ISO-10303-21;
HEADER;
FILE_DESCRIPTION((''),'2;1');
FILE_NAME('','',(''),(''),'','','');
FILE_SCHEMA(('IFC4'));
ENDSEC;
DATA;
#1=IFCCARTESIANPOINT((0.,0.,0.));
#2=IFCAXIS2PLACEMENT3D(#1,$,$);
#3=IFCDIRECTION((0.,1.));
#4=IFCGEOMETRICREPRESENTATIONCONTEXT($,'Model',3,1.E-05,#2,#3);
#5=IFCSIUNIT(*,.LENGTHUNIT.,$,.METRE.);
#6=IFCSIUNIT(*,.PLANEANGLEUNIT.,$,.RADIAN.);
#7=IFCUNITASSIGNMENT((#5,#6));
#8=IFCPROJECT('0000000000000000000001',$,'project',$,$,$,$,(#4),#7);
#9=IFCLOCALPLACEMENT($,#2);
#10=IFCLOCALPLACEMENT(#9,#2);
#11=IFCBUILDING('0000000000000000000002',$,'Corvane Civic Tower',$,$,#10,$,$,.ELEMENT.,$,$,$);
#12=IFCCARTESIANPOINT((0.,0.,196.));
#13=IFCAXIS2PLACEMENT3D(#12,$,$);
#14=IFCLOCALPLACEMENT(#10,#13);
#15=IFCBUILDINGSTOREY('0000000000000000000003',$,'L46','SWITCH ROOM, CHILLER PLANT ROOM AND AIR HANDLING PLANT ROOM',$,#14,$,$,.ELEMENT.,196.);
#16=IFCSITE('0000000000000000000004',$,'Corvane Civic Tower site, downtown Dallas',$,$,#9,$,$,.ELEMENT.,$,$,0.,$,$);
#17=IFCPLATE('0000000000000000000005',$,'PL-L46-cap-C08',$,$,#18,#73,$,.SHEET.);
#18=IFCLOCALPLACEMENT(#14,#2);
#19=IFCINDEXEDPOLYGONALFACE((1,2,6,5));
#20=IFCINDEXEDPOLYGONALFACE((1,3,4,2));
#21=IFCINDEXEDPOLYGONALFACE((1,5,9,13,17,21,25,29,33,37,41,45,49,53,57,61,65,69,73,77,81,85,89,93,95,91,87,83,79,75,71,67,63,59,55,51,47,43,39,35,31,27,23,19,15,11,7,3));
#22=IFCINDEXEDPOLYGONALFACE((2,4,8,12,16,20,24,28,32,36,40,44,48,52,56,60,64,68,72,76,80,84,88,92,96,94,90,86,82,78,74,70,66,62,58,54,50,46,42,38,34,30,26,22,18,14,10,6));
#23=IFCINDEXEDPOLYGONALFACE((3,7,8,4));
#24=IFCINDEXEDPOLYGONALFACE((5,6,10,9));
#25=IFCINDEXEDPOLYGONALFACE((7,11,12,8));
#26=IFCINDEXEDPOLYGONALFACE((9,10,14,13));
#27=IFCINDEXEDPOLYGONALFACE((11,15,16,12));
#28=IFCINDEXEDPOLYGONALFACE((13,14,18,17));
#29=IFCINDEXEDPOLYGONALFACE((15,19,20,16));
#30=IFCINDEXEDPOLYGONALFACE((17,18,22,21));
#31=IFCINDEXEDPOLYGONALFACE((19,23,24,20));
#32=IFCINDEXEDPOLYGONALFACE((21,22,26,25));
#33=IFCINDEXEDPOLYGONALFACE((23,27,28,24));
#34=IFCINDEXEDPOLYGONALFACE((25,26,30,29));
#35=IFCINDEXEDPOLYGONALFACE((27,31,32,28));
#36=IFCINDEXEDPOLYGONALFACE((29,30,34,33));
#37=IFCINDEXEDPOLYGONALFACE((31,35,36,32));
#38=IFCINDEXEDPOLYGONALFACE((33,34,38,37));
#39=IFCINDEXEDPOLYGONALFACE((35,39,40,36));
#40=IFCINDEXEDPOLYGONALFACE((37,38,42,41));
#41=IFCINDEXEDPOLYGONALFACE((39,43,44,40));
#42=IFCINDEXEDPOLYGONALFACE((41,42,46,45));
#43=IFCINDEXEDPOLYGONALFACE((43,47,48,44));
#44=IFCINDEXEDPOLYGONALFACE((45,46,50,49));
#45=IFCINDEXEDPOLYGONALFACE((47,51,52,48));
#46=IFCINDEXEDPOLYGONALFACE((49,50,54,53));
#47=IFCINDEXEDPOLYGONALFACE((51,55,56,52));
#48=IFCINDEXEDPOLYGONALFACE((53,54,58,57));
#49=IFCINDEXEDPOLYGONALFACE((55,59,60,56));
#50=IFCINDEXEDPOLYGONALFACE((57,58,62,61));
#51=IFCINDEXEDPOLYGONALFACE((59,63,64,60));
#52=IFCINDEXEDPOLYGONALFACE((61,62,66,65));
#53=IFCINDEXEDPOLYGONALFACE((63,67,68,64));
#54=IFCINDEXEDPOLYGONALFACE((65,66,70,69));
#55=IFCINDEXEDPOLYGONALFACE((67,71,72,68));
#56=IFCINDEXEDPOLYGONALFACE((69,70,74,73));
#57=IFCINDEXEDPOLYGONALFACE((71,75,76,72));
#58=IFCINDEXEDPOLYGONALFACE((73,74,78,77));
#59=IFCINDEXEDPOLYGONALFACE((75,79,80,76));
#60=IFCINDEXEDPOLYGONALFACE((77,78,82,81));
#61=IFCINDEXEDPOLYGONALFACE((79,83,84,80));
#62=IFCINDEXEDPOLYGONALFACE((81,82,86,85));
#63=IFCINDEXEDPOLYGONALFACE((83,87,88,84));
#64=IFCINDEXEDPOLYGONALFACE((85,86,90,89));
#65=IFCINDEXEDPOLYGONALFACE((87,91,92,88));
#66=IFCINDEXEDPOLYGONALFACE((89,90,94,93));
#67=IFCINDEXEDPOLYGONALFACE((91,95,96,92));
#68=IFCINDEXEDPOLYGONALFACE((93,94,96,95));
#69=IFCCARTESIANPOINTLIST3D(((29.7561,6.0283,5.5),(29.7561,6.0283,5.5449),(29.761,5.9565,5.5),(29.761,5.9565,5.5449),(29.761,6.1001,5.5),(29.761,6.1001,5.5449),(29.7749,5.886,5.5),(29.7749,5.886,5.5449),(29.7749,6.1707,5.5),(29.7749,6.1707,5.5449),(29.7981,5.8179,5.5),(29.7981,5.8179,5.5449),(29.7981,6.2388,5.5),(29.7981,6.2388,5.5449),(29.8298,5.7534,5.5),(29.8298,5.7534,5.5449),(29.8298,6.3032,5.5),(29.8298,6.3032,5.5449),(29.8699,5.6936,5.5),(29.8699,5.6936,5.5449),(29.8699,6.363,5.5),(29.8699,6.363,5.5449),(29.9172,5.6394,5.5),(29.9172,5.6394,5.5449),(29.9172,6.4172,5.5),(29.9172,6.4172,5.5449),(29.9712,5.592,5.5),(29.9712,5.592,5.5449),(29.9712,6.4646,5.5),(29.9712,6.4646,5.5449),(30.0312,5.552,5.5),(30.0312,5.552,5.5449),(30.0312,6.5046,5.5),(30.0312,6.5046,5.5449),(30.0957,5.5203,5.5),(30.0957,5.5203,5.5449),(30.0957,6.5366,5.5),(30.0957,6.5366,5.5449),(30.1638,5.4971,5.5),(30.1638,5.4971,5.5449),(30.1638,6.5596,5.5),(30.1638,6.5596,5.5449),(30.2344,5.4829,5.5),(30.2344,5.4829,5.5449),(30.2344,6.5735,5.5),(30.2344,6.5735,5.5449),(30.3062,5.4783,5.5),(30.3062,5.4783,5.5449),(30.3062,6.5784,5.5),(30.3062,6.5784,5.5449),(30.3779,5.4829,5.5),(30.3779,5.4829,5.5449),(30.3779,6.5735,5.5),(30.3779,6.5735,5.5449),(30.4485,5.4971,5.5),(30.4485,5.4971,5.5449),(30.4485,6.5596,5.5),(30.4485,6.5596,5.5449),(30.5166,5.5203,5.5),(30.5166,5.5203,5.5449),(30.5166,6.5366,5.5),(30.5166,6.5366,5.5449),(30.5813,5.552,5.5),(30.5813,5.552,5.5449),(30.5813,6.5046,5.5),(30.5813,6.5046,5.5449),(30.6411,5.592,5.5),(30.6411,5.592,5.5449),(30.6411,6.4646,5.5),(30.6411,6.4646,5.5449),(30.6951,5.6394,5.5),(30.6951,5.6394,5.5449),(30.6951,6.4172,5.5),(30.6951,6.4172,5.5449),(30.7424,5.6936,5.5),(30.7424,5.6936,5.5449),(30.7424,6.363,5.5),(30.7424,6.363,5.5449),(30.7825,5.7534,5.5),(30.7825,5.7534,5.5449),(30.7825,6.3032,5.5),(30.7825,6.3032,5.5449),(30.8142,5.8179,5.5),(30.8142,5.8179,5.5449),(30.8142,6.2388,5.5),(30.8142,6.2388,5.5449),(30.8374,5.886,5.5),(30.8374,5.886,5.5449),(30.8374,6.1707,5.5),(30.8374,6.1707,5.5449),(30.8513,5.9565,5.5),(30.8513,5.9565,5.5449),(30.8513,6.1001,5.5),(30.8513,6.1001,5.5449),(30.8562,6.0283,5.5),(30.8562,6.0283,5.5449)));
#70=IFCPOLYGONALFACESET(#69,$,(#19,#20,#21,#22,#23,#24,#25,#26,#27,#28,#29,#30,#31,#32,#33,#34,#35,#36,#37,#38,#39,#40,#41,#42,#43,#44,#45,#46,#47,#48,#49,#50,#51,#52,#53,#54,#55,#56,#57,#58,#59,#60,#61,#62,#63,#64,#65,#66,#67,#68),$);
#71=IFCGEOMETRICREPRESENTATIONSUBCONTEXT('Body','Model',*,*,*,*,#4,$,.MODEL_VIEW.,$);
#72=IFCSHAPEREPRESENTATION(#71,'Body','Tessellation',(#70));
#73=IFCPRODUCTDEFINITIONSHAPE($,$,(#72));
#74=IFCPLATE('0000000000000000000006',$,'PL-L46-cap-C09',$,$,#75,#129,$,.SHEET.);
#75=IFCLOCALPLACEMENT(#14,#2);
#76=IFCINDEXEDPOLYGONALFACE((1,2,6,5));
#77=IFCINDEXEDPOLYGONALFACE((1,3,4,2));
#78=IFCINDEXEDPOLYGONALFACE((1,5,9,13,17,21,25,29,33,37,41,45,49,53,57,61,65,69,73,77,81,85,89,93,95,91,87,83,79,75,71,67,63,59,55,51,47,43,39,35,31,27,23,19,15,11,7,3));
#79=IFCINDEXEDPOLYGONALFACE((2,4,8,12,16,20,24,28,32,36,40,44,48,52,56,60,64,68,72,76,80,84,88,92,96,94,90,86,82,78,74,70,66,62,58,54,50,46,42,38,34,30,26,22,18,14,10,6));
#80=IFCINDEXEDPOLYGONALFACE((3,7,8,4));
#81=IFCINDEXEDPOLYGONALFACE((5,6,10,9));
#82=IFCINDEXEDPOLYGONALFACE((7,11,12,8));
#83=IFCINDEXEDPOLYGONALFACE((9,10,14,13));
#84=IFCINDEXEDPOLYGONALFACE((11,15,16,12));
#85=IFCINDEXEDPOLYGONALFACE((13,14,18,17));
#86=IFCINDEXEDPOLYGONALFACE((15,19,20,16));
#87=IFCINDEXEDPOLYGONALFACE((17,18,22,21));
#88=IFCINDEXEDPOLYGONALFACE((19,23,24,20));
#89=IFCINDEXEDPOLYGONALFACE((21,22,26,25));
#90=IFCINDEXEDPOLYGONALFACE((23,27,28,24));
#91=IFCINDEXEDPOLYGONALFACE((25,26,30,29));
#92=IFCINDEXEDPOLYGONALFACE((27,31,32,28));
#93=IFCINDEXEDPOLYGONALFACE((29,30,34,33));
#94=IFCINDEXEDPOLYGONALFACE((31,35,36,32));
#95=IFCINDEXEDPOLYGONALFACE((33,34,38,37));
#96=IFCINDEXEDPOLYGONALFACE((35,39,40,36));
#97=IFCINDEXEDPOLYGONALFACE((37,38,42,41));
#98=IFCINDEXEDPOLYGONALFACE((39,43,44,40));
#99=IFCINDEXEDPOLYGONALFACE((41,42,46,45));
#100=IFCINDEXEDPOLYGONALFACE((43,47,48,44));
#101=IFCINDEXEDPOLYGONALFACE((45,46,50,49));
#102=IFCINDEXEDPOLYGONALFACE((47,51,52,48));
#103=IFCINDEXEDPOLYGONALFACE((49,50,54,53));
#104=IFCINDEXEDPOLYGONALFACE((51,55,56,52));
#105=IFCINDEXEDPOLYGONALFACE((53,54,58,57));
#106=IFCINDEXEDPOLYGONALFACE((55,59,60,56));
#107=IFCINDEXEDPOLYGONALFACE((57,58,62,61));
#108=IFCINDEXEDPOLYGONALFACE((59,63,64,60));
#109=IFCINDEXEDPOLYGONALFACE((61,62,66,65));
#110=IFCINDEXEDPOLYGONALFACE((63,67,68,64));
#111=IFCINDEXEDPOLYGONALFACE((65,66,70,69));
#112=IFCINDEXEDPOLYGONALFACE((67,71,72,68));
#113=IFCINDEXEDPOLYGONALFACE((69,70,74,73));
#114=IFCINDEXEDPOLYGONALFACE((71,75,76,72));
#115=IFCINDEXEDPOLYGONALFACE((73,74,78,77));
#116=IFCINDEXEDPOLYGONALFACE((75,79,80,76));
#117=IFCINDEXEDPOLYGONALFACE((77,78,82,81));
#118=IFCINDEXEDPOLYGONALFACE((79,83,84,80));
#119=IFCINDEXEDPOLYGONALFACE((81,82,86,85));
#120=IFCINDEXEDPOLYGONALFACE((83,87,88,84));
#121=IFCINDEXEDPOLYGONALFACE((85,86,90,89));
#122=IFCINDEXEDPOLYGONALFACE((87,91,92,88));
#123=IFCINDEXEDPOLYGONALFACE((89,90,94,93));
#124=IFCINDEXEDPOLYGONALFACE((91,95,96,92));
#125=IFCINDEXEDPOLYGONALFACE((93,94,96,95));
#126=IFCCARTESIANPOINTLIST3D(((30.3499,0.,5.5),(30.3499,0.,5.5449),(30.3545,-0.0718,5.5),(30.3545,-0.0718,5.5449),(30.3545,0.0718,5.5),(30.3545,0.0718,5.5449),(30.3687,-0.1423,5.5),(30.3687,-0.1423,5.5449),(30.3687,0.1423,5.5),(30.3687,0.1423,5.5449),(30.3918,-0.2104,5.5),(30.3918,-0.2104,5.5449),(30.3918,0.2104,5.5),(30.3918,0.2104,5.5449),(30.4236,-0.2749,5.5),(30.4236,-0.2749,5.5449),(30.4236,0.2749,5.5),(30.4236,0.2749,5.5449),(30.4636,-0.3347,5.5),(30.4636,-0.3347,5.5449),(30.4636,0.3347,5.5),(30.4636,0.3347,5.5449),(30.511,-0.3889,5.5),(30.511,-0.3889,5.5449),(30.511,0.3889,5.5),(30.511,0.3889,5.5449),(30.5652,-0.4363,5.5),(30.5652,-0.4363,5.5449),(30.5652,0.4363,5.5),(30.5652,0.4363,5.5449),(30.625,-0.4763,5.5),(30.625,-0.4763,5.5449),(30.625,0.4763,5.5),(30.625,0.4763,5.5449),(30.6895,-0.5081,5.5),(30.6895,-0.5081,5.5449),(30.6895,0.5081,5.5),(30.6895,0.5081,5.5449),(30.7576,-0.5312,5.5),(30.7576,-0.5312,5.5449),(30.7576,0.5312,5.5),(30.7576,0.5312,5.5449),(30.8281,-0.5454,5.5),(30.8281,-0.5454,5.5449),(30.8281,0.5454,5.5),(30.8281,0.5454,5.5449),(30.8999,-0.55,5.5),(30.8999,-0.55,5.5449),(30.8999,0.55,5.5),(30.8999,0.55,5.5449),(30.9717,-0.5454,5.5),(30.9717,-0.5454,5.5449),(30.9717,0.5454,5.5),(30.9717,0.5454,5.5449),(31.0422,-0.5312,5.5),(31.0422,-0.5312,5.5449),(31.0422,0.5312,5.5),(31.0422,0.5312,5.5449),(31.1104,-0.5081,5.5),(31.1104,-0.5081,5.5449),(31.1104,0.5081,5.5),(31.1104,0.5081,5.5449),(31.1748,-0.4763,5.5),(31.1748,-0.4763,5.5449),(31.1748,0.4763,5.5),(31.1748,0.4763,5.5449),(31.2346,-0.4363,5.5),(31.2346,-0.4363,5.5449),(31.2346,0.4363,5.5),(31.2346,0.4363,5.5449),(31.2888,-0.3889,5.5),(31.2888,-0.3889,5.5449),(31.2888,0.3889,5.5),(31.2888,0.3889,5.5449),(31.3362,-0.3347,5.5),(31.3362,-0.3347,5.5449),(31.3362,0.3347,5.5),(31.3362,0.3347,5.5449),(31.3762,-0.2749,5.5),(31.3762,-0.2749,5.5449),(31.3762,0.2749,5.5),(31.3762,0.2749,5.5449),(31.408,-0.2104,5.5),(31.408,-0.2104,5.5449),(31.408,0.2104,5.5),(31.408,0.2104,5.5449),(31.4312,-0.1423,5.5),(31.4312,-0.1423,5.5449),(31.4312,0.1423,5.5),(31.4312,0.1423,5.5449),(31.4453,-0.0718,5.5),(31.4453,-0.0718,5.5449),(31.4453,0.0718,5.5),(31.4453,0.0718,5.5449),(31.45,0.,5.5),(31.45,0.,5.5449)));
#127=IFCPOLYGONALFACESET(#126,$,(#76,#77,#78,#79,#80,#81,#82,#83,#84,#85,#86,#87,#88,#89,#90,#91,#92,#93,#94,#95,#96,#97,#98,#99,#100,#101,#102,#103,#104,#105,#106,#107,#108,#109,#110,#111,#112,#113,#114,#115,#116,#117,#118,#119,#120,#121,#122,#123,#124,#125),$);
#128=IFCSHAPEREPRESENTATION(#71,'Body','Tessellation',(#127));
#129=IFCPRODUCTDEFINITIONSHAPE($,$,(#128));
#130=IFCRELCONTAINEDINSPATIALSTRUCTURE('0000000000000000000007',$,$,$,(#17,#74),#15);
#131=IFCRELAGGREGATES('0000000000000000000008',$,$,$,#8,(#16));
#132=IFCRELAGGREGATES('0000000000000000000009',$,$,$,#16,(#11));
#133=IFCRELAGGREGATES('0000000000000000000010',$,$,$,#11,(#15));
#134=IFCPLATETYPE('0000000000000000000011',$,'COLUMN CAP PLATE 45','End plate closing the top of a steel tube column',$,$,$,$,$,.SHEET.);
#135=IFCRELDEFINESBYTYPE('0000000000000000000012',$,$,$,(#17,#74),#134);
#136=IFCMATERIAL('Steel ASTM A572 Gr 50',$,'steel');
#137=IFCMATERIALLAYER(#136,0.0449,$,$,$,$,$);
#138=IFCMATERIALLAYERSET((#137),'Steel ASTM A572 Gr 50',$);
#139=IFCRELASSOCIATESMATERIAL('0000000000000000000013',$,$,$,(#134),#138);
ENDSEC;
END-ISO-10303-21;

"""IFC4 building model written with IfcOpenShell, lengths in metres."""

from ifc_helpers import new_model, si_unit, direction, frame, origin, place, context, subcontext, project, spatial, polyline, outline, extrude, material, layer, layer_set, type_object, element, save


model = new_model("IFC4")

# Units and contexts
model_context = context("Model", 3, precision=1e-05, world=origin(), true_north=direction((0.0, 1.0)))
body_context = subcontext(model_context, "Body", "Model", "MODEL_VIEW")
ifc_project = project(units=[si_unit("LENGTHUNIT", "METRE"), si_unit("PLANEANGLEUNIT", "RADIAN")], contexts=[model_context])

# Site, building, storey
site_placement = place(None, origin())
site = spatial("IfcSite", under=ifc_project, at=site_placement, Name="Corvane Civic Tower site, downtown Dallas", CompositionType="ELEMENT", RefElevation=0.0)
building_placement = place(site_placement, origin())
building = spatial("IfcBuilding", under=site, at=building_placement, Name="Corvane Civic Tower", CompositionType="ELEMENT")
storey_placement = place(building_placement, frame((0.0, 0.0, 196.0)))
storey = spatial("IfcBuildingStorey", under=building, at=storey_placement, Name="L46", Description="SWITCH ROOM, CHILLER PLANT ROOM AND AIR HANDLING PLANT ROOM", CompositionType="ELEMENT", Elevation=196.0)

# Plates
ifc_material_1 = material(Name="Steel ASTM A572 Gr 50", Category="steel")
ifc_layer_1 = layer(ifc_material_1, 0.0449)
ifc_layer_set_1 = layer_set([ifc_layer_1], Name="Steel ASTM A572 Gr 50")
plate_type = type_object("IfcPlateType", Name="COLUMN CAP PLATE 45", Description="End plate closing the top of a steel tube column", PredefinedType="SHEET", material=ifc_layer_set_1)
plate_1_placement = place(storey_placement, frame((0.0, 0.0, 5.5)))
element("IfcPlate", 1, at=plate_1_placement, inside=storey, type_object=plate_type, Name="PL-L46-cap-C08", PredefinedType="SHEET", context=body_context, shape_type="SweptSolid", body=[
    extrude(outline(polyline([(30.8562, 6.0283), (30.8513, 6.1001), (30.8374, 6.1707), (30.8142, 6.2388), (30.7825, 6.3032), (30.7424, 6.363), (30.6951, 6.4172), (30.6411, 6.4646), (30.5813, 6.5046), (30.5166, 6.5366), (30.4485, 6.5596), (30.3779, 6.5735), (30.3062, 6.5784), (30.2344, 6.5735), (30.1638, 6.5596), (30.0957, 6.5366), (30.0312, 6.5046), (29.9712, 6.4646), (29.9172, 6.4172), (29.8699, 6.363), (29.8298, 6.3032), (29.7981, 6.2388), (29.7749, 6.1707), (29.761, 6.1001), (29.7561, 6.0283), (29.761, 5.9565), (29.7749, 5.886), (29.7981, 5.8179), (29.8298, 5.7534), (29.8699, 5.6936), (29.9172, 5.6394), (29.9712, 5.592), (30.0312, 5.552), (30.0957, 5.5203), (30.1638, 5.4971), (30.2344, 5.4829), (30.3062, 5.4783), (30.3779, 5.4829), (30.4485, 5.4971), (30.5166, 5.5203), (30.5813, 5.552), (30.6411, 5.592), (30.6951, 5.6394), (30.7424, 5.6936), (30.7825, 5.7534), (30.8142, 5.8179), (30.8374, 5.886), (30.8513, 5.9565), (30.8562, 6.0283)])), origin(), (0.0, 0.0, 1.0), 0.0449),
])
plate_2_placement = place(storey_placement, frame((0.0, 0.0, 5.5)))
element("IfcPlate", 2, at=plate_2_placement, inside=storey, type_object=plate_type, Name="PL-L46-cap-C09", PredefinedType="SHEET", context=body_context, shape_type="SweptSolid", body=[
    extrude(outline(polyline([(31.45, 0.0), (31.4453, 0.0718), (31.4312, 0.1423), (31.408, 0.2104), (31.3762, 0.2749), (31.3362, 0.3347), (31.2888, 0.3889), (31.2346, 0.4363), (31.1748, 0.4763), (31.1104, 0.5081), (31.0422, 0.5312), (30.9717, 0.5454), (30.8999, 0.55), (30.8281, 0.5454), (30.7576, 0.5312), (30.6895, 0.5081), (30.625, 0.4763), (30.5652, 0.4363), (30.511, 0.3889), (30.4636, 0.3347), (30.4236, 0.2749), (30.3918, 0.2104), (30.3687, 0.1423), (30.3545, 0.0718), (30.3499, 0.0), (30.3545, -0.0718), (30.3687, -0.1423), (30.3918, -0.2104), (30.4236, -0.2749), (30.4636, -0.3347), (30.511, -0.3889), (30.5652, -0.4363), (30.625, -0.4763), (30.6895, -0.5081), (30.7576, -0.5312), (30.8281, -0.5454), (30.8999, -0.55), (30.9717, -0.5454), (31.0422, -0.5312), (31.1104, -0.5081), (31.1748, -0.4763), (31.2346, -0.4363), (31.2888, -0.3889), (31.3362, -0.3347), (31.3762, -0.2749), (31.408, -0.2104), (31.4312, -0.1423), (31.4453, -0.0718), (31.45, 0.0)])), origin(), (0.0, 0.0, 1.0), 0.0449),
])

save(model, "model.ifc")
